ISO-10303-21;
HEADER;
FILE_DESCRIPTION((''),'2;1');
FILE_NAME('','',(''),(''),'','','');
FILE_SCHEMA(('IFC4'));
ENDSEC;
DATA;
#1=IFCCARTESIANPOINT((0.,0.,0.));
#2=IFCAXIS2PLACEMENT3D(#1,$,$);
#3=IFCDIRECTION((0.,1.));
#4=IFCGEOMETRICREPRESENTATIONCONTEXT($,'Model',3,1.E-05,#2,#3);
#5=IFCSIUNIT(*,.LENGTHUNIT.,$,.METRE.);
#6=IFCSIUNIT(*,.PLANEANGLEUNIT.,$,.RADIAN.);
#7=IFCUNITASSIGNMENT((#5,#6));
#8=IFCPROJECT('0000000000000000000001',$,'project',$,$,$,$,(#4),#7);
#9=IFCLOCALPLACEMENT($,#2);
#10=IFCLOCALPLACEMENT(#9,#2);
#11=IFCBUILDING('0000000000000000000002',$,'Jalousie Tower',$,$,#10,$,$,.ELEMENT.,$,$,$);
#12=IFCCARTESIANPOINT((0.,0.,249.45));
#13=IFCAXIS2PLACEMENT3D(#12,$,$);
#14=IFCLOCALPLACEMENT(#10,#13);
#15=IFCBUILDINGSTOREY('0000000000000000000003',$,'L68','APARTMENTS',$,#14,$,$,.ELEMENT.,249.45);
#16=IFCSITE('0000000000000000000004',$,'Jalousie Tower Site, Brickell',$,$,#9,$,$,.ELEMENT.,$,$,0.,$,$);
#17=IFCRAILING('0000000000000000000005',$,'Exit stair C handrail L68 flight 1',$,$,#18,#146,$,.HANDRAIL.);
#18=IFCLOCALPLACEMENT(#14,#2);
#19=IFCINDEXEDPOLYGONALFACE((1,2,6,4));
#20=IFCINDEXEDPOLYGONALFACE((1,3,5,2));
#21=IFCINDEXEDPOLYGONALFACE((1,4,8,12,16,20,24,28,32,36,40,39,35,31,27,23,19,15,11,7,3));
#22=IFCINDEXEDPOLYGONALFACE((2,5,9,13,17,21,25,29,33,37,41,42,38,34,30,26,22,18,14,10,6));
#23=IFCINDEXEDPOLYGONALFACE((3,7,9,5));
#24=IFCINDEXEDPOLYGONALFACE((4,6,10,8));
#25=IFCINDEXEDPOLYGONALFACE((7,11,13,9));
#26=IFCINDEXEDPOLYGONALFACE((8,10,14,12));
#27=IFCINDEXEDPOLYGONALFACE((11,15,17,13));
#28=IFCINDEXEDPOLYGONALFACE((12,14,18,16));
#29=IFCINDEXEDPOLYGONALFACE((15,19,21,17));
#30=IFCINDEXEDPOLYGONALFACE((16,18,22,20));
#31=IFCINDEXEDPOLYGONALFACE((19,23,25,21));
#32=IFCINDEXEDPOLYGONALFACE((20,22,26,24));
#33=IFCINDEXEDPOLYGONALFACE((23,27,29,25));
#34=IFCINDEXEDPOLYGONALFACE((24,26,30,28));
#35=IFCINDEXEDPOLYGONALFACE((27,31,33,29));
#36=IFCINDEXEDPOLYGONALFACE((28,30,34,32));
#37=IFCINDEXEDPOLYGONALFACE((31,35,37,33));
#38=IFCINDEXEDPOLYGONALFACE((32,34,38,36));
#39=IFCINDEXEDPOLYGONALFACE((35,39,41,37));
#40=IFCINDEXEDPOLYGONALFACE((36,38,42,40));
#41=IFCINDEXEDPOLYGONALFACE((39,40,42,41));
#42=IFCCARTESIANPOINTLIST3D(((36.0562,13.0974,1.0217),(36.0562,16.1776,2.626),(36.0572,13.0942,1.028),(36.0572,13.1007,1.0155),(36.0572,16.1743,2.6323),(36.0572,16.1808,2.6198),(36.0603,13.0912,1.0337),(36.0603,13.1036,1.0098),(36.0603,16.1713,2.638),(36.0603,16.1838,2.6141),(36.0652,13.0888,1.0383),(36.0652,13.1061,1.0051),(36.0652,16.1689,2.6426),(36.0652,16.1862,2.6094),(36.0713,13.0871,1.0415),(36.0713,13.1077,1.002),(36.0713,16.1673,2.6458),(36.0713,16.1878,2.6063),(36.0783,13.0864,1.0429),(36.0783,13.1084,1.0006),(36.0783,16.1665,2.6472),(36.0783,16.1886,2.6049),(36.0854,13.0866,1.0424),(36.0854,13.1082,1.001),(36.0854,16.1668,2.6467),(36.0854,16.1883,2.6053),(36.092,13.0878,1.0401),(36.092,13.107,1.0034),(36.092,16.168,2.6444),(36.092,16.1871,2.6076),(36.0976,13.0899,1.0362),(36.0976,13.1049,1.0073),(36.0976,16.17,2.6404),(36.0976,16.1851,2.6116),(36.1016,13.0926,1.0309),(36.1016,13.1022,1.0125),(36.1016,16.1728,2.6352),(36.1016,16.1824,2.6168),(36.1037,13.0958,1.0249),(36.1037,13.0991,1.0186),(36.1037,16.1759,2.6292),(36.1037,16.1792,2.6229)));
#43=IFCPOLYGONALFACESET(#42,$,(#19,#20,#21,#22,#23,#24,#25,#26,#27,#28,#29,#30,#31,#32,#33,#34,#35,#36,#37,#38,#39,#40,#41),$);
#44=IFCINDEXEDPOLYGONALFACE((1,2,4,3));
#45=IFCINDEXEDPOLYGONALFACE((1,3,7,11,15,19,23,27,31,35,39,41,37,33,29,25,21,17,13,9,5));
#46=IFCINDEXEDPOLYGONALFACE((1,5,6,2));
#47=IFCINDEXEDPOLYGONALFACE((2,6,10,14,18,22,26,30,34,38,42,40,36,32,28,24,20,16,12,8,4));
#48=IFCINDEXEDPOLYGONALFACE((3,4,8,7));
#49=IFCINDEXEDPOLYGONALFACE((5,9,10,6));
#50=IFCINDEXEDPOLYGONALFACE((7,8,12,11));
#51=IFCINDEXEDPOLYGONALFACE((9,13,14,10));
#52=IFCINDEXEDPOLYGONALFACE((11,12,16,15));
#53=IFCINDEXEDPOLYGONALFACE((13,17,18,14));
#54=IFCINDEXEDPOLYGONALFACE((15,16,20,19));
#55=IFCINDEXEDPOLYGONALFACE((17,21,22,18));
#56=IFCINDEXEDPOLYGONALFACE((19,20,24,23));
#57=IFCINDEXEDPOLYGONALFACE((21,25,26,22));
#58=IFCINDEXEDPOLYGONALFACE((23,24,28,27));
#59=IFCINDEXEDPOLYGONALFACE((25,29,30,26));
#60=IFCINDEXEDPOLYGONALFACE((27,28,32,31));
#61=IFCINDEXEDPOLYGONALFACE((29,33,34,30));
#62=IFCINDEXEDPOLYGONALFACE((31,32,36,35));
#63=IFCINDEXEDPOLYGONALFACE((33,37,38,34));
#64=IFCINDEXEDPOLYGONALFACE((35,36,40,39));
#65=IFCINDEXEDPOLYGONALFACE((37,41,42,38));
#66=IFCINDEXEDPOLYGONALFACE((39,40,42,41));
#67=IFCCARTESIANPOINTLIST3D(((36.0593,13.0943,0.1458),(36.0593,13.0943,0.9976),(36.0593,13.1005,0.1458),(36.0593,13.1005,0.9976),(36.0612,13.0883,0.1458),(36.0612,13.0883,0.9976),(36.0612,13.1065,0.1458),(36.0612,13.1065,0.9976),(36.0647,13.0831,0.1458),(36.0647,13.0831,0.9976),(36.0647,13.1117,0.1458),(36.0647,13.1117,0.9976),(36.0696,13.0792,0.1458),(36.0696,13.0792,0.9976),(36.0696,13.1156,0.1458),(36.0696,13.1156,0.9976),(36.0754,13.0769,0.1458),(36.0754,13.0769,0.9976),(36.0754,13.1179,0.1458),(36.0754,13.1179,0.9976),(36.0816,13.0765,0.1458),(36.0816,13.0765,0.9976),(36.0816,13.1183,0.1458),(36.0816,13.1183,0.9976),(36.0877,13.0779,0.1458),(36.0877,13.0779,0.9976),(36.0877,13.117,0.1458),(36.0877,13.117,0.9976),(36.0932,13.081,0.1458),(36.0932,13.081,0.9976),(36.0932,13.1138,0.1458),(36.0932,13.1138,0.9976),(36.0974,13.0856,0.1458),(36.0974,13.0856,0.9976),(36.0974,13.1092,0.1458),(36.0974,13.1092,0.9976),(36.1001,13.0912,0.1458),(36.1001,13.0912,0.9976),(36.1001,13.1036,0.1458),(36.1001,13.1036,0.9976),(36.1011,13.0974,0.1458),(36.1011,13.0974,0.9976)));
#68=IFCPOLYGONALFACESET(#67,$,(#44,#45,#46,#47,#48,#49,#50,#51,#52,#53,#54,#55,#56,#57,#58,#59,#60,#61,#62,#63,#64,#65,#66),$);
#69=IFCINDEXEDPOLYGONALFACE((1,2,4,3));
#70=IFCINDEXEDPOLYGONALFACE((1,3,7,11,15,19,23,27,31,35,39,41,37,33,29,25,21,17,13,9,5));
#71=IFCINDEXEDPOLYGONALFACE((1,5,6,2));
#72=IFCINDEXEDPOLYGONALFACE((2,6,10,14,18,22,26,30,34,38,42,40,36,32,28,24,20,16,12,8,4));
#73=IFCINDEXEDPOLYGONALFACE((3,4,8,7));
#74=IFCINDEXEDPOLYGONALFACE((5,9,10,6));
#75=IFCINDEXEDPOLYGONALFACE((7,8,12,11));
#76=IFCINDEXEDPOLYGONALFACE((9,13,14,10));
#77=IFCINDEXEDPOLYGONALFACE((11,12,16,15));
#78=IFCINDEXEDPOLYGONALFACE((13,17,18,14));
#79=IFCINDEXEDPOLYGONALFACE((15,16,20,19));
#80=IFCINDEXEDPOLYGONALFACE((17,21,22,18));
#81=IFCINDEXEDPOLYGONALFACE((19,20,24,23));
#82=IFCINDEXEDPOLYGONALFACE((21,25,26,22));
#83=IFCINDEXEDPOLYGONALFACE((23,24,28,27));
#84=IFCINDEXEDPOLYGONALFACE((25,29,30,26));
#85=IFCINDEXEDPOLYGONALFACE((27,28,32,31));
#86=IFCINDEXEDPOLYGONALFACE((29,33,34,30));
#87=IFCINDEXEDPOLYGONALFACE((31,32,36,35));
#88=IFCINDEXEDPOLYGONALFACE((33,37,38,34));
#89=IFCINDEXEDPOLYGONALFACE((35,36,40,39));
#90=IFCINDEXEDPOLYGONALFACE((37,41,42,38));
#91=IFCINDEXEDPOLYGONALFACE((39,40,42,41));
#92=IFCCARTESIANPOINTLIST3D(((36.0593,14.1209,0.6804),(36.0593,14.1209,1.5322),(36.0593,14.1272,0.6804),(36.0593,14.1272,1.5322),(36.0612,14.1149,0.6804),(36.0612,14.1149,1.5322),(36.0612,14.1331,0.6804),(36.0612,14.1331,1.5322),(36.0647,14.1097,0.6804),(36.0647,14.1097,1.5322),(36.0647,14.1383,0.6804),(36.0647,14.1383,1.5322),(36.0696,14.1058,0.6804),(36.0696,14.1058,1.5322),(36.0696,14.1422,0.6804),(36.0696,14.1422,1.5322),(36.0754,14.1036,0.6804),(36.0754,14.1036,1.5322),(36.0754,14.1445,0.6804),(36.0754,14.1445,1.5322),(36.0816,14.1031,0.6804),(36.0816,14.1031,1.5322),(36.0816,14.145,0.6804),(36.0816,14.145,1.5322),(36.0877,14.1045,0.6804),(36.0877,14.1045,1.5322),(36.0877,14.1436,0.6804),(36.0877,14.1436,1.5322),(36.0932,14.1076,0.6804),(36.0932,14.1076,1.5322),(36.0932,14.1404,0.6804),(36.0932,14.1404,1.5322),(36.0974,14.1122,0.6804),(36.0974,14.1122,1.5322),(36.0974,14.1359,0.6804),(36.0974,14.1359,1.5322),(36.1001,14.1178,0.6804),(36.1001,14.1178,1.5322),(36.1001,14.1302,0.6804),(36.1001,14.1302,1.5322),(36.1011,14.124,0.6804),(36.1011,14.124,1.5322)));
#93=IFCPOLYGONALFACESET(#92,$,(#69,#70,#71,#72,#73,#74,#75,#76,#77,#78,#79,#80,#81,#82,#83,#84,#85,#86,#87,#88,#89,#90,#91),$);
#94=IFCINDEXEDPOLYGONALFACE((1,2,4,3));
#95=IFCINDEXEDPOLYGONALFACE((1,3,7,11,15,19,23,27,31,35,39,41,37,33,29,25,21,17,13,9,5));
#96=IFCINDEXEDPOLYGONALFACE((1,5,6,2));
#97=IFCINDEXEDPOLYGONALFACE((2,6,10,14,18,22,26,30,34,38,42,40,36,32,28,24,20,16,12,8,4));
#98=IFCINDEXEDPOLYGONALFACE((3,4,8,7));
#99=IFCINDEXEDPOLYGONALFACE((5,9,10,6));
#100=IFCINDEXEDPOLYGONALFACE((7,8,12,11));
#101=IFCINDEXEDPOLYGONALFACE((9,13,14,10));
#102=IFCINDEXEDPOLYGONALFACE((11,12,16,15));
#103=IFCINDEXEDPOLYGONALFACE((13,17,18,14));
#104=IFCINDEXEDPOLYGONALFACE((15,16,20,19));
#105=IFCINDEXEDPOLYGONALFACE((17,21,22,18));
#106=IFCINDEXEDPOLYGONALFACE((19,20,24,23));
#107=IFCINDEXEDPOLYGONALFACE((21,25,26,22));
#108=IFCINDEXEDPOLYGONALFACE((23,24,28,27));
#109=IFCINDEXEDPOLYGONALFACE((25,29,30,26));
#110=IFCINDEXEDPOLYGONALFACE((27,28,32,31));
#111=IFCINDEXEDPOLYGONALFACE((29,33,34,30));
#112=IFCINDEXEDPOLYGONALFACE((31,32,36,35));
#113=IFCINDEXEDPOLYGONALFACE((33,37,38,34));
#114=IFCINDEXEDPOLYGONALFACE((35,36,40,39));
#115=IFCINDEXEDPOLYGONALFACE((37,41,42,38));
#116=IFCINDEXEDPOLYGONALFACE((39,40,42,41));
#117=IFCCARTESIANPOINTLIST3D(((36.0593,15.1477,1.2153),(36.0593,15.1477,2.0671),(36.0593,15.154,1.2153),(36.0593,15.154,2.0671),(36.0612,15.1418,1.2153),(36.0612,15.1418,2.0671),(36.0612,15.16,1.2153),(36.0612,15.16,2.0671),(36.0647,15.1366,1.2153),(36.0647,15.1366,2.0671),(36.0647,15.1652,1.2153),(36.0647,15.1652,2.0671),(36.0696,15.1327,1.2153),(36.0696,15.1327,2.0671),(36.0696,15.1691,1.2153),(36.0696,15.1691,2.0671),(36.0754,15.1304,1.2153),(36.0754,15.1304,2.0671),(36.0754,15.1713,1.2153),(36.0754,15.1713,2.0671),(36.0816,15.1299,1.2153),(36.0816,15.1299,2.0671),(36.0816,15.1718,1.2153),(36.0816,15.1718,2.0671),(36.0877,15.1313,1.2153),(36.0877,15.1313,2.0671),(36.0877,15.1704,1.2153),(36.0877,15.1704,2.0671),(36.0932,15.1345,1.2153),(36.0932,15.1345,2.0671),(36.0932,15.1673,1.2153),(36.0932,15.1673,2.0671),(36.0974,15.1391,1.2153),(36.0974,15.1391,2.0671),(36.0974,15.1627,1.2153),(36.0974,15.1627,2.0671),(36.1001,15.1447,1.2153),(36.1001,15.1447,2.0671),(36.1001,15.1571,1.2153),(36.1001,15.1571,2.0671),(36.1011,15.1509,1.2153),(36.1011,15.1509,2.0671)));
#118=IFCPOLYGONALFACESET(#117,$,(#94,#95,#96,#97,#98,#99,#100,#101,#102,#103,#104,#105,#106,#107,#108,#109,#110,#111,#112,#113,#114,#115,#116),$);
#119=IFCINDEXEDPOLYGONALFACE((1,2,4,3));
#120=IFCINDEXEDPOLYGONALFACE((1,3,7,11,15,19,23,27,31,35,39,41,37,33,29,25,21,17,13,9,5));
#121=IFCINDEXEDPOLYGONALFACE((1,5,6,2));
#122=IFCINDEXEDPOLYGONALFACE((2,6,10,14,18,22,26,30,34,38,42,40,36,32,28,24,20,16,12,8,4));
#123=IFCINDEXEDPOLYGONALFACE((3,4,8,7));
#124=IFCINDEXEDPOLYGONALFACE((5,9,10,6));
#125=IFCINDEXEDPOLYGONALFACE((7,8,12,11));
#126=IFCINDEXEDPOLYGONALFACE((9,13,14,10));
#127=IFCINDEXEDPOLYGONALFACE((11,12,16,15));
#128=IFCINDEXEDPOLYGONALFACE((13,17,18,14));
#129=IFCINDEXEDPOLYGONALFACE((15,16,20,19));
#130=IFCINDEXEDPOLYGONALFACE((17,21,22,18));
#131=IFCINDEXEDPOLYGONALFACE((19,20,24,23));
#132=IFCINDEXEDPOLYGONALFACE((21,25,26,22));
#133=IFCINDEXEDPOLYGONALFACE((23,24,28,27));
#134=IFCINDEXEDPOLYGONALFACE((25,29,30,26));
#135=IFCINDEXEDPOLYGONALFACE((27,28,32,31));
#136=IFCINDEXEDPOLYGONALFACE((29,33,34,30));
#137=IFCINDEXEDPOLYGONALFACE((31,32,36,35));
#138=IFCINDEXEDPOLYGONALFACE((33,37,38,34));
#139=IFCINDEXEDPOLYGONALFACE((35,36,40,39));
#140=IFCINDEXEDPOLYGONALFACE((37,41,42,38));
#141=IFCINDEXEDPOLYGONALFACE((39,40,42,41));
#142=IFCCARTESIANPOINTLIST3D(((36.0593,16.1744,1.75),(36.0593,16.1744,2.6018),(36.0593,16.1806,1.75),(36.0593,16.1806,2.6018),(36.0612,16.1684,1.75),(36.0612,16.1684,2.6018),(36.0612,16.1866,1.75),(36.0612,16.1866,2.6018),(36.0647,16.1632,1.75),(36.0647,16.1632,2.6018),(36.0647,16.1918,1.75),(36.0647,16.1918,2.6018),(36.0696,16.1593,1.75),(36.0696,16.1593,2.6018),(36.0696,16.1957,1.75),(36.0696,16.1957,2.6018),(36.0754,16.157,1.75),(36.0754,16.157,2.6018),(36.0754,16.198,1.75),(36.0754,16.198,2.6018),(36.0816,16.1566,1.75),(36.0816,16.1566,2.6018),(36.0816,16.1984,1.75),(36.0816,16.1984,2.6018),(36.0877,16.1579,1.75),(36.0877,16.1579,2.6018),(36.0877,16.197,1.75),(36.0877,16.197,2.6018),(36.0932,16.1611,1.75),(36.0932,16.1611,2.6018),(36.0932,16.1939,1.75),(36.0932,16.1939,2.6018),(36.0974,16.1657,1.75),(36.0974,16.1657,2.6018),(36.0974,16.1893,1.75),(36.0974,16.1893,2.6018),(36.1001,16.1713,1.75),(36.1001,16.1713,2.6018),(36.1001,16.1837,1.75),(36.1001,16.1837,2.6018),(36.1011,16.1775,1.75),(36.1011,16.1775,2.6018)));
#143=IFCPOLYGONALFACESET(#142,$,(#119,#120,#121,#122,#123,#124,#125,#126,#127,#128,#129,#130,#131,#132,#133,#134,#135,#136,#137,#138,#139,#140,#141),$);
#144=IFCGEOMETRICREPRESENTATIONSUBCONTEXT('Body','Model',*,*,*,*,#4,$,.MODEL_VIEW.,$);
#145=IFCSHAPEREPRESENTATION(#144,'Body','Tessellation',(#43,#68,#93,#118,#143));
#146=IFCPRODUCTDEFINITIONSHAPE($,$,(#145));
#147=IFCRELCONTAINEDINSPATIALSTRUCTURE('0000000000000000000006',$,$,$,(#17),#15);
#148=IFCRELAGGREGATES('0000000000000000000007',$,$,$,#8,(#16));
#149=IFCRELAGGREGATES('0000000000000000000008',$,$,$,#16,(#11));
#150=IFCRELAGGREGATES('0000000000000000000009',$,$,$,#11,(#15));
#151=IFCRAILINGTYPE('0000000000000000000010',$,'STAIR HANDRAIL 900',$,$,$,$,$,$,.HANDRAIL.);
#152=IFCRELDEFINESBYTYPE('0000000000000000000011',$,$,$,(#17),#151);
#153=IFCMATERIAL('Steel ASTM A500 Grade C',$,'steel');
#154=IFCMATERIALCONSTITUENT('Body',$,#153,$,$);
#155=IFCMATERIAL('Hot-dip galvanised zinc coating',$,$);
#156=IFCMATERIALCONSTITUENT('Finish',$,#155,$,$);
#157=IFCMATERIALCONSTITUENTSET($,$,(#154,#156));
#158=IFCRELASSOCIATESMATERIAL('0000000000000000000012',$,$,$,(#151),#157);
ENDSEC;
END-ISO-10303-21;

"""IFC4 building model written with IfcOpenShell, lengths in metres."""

from ifc_helpers import new_model, si_unit, direction, frame, origin, origin_2d, place, context, subcontext, project, spatial, circle, extrude, material, constituent, constituent_set, type_object, element, save


model = new_model("IFC4")

# Units and contexts
model_context = context("Model", 3, precision=1e-05, world=origin(), true_north=direction((0.0, 1.0)))
body_context = subcontext(model_context, "Body", "Model", "MODEL_VIEW")
ifc_project = project(units=[si_unit("LENGTHUNIT", "METRE"), si_unit("PLANEANGLEUNIT", "RADIAN")], contexts=[model_context])

# Site, building, storey
site_placement = place(None, origin())
site = spatial("IfcSite", under=ifc_project, at=site_placement, Name="Jalousie Tower Site, Brickell", CompositionType="ELEMENT", RefElevation=0.0)
building_placement = place(site_placement, origin())
building = spatial("IfcBuilding", under=site, at=building_placement, Name="Jalousie Tower", CompositionType="ELEMENT")
storey_placement = place(building_placement, frame((0.0, 0.0, 249.45)))
storey = spatial("IfcBuildingStorey", under=building, at=storey_placement, Name="L68", Description="APARTMENTS", CompositionType="ELEMENT", Elevation=249.45)

# Railing
ifc_material_1 = material(Name="Steel ASTM A500 Grade C", Category="steel")
ifc_constituent_1 = constituent(ifc_material_1, Name="Body")
ifc_material_2 = material(Name="Hot-dip galvanised zinc coating")
ifc_constituent_2 = constituent(ifc_material_2, Name="Finish")
ifc_constituent_set_1 = constituent_set(constituents=[ifc_constituent_1, ifc_constituent_2])
railing_type_1 = type_object("IfcRailingType", Name="STAIR HANDRAIL 900", PredefinedType="HANDRAIL", material=ifc_constituent_set_1)
railing_1_placement = place(storey_placement, frame((36.0801, 13.0974, 0.1458)))
element("IfcRailing", 1, at=railing_1_placement, inside=storey, type_object=railing_type_1, Name="Exit stair C handrail L68 flight 1", PredefinedType="HANDRAIL", context=body_context, shape_type="SweptSolid", body=[
    extrude(circle(Radius=0.0239, at=origin_2d()), frame((0.0, 0.0, 0.876), z_axis=(0.0, 0.886909, 0.461944), x_axis=(-1.0, 0.0, 0.0)), (0.0, 0.0, 1.0), 3.4729),
    extrude(circle(Radius=0.021, at=origin_2d()), origin(), (0.0, 0.0, 1.0), 0.8518),
    extrude(circle(Radius=0.021, at=origin_2d()), frame((0.0, 1.0266, 0.5347)), (0.0, 0.0, 1.0), 0.8518),
    extrude(circle(Radius=0.021, at=origin_2d()), frame((0.0, 2.0535, 1.0696)), (0.0, 0.0, 1.0), 0.8518),
    extrude(circle(Radius=0.021, at=origin_2d()), frame((0.0, 3.0801, 1.6042)), (0.0, 0.0, 1.0), 0.8518),
])

save(model, "model.ifc")
